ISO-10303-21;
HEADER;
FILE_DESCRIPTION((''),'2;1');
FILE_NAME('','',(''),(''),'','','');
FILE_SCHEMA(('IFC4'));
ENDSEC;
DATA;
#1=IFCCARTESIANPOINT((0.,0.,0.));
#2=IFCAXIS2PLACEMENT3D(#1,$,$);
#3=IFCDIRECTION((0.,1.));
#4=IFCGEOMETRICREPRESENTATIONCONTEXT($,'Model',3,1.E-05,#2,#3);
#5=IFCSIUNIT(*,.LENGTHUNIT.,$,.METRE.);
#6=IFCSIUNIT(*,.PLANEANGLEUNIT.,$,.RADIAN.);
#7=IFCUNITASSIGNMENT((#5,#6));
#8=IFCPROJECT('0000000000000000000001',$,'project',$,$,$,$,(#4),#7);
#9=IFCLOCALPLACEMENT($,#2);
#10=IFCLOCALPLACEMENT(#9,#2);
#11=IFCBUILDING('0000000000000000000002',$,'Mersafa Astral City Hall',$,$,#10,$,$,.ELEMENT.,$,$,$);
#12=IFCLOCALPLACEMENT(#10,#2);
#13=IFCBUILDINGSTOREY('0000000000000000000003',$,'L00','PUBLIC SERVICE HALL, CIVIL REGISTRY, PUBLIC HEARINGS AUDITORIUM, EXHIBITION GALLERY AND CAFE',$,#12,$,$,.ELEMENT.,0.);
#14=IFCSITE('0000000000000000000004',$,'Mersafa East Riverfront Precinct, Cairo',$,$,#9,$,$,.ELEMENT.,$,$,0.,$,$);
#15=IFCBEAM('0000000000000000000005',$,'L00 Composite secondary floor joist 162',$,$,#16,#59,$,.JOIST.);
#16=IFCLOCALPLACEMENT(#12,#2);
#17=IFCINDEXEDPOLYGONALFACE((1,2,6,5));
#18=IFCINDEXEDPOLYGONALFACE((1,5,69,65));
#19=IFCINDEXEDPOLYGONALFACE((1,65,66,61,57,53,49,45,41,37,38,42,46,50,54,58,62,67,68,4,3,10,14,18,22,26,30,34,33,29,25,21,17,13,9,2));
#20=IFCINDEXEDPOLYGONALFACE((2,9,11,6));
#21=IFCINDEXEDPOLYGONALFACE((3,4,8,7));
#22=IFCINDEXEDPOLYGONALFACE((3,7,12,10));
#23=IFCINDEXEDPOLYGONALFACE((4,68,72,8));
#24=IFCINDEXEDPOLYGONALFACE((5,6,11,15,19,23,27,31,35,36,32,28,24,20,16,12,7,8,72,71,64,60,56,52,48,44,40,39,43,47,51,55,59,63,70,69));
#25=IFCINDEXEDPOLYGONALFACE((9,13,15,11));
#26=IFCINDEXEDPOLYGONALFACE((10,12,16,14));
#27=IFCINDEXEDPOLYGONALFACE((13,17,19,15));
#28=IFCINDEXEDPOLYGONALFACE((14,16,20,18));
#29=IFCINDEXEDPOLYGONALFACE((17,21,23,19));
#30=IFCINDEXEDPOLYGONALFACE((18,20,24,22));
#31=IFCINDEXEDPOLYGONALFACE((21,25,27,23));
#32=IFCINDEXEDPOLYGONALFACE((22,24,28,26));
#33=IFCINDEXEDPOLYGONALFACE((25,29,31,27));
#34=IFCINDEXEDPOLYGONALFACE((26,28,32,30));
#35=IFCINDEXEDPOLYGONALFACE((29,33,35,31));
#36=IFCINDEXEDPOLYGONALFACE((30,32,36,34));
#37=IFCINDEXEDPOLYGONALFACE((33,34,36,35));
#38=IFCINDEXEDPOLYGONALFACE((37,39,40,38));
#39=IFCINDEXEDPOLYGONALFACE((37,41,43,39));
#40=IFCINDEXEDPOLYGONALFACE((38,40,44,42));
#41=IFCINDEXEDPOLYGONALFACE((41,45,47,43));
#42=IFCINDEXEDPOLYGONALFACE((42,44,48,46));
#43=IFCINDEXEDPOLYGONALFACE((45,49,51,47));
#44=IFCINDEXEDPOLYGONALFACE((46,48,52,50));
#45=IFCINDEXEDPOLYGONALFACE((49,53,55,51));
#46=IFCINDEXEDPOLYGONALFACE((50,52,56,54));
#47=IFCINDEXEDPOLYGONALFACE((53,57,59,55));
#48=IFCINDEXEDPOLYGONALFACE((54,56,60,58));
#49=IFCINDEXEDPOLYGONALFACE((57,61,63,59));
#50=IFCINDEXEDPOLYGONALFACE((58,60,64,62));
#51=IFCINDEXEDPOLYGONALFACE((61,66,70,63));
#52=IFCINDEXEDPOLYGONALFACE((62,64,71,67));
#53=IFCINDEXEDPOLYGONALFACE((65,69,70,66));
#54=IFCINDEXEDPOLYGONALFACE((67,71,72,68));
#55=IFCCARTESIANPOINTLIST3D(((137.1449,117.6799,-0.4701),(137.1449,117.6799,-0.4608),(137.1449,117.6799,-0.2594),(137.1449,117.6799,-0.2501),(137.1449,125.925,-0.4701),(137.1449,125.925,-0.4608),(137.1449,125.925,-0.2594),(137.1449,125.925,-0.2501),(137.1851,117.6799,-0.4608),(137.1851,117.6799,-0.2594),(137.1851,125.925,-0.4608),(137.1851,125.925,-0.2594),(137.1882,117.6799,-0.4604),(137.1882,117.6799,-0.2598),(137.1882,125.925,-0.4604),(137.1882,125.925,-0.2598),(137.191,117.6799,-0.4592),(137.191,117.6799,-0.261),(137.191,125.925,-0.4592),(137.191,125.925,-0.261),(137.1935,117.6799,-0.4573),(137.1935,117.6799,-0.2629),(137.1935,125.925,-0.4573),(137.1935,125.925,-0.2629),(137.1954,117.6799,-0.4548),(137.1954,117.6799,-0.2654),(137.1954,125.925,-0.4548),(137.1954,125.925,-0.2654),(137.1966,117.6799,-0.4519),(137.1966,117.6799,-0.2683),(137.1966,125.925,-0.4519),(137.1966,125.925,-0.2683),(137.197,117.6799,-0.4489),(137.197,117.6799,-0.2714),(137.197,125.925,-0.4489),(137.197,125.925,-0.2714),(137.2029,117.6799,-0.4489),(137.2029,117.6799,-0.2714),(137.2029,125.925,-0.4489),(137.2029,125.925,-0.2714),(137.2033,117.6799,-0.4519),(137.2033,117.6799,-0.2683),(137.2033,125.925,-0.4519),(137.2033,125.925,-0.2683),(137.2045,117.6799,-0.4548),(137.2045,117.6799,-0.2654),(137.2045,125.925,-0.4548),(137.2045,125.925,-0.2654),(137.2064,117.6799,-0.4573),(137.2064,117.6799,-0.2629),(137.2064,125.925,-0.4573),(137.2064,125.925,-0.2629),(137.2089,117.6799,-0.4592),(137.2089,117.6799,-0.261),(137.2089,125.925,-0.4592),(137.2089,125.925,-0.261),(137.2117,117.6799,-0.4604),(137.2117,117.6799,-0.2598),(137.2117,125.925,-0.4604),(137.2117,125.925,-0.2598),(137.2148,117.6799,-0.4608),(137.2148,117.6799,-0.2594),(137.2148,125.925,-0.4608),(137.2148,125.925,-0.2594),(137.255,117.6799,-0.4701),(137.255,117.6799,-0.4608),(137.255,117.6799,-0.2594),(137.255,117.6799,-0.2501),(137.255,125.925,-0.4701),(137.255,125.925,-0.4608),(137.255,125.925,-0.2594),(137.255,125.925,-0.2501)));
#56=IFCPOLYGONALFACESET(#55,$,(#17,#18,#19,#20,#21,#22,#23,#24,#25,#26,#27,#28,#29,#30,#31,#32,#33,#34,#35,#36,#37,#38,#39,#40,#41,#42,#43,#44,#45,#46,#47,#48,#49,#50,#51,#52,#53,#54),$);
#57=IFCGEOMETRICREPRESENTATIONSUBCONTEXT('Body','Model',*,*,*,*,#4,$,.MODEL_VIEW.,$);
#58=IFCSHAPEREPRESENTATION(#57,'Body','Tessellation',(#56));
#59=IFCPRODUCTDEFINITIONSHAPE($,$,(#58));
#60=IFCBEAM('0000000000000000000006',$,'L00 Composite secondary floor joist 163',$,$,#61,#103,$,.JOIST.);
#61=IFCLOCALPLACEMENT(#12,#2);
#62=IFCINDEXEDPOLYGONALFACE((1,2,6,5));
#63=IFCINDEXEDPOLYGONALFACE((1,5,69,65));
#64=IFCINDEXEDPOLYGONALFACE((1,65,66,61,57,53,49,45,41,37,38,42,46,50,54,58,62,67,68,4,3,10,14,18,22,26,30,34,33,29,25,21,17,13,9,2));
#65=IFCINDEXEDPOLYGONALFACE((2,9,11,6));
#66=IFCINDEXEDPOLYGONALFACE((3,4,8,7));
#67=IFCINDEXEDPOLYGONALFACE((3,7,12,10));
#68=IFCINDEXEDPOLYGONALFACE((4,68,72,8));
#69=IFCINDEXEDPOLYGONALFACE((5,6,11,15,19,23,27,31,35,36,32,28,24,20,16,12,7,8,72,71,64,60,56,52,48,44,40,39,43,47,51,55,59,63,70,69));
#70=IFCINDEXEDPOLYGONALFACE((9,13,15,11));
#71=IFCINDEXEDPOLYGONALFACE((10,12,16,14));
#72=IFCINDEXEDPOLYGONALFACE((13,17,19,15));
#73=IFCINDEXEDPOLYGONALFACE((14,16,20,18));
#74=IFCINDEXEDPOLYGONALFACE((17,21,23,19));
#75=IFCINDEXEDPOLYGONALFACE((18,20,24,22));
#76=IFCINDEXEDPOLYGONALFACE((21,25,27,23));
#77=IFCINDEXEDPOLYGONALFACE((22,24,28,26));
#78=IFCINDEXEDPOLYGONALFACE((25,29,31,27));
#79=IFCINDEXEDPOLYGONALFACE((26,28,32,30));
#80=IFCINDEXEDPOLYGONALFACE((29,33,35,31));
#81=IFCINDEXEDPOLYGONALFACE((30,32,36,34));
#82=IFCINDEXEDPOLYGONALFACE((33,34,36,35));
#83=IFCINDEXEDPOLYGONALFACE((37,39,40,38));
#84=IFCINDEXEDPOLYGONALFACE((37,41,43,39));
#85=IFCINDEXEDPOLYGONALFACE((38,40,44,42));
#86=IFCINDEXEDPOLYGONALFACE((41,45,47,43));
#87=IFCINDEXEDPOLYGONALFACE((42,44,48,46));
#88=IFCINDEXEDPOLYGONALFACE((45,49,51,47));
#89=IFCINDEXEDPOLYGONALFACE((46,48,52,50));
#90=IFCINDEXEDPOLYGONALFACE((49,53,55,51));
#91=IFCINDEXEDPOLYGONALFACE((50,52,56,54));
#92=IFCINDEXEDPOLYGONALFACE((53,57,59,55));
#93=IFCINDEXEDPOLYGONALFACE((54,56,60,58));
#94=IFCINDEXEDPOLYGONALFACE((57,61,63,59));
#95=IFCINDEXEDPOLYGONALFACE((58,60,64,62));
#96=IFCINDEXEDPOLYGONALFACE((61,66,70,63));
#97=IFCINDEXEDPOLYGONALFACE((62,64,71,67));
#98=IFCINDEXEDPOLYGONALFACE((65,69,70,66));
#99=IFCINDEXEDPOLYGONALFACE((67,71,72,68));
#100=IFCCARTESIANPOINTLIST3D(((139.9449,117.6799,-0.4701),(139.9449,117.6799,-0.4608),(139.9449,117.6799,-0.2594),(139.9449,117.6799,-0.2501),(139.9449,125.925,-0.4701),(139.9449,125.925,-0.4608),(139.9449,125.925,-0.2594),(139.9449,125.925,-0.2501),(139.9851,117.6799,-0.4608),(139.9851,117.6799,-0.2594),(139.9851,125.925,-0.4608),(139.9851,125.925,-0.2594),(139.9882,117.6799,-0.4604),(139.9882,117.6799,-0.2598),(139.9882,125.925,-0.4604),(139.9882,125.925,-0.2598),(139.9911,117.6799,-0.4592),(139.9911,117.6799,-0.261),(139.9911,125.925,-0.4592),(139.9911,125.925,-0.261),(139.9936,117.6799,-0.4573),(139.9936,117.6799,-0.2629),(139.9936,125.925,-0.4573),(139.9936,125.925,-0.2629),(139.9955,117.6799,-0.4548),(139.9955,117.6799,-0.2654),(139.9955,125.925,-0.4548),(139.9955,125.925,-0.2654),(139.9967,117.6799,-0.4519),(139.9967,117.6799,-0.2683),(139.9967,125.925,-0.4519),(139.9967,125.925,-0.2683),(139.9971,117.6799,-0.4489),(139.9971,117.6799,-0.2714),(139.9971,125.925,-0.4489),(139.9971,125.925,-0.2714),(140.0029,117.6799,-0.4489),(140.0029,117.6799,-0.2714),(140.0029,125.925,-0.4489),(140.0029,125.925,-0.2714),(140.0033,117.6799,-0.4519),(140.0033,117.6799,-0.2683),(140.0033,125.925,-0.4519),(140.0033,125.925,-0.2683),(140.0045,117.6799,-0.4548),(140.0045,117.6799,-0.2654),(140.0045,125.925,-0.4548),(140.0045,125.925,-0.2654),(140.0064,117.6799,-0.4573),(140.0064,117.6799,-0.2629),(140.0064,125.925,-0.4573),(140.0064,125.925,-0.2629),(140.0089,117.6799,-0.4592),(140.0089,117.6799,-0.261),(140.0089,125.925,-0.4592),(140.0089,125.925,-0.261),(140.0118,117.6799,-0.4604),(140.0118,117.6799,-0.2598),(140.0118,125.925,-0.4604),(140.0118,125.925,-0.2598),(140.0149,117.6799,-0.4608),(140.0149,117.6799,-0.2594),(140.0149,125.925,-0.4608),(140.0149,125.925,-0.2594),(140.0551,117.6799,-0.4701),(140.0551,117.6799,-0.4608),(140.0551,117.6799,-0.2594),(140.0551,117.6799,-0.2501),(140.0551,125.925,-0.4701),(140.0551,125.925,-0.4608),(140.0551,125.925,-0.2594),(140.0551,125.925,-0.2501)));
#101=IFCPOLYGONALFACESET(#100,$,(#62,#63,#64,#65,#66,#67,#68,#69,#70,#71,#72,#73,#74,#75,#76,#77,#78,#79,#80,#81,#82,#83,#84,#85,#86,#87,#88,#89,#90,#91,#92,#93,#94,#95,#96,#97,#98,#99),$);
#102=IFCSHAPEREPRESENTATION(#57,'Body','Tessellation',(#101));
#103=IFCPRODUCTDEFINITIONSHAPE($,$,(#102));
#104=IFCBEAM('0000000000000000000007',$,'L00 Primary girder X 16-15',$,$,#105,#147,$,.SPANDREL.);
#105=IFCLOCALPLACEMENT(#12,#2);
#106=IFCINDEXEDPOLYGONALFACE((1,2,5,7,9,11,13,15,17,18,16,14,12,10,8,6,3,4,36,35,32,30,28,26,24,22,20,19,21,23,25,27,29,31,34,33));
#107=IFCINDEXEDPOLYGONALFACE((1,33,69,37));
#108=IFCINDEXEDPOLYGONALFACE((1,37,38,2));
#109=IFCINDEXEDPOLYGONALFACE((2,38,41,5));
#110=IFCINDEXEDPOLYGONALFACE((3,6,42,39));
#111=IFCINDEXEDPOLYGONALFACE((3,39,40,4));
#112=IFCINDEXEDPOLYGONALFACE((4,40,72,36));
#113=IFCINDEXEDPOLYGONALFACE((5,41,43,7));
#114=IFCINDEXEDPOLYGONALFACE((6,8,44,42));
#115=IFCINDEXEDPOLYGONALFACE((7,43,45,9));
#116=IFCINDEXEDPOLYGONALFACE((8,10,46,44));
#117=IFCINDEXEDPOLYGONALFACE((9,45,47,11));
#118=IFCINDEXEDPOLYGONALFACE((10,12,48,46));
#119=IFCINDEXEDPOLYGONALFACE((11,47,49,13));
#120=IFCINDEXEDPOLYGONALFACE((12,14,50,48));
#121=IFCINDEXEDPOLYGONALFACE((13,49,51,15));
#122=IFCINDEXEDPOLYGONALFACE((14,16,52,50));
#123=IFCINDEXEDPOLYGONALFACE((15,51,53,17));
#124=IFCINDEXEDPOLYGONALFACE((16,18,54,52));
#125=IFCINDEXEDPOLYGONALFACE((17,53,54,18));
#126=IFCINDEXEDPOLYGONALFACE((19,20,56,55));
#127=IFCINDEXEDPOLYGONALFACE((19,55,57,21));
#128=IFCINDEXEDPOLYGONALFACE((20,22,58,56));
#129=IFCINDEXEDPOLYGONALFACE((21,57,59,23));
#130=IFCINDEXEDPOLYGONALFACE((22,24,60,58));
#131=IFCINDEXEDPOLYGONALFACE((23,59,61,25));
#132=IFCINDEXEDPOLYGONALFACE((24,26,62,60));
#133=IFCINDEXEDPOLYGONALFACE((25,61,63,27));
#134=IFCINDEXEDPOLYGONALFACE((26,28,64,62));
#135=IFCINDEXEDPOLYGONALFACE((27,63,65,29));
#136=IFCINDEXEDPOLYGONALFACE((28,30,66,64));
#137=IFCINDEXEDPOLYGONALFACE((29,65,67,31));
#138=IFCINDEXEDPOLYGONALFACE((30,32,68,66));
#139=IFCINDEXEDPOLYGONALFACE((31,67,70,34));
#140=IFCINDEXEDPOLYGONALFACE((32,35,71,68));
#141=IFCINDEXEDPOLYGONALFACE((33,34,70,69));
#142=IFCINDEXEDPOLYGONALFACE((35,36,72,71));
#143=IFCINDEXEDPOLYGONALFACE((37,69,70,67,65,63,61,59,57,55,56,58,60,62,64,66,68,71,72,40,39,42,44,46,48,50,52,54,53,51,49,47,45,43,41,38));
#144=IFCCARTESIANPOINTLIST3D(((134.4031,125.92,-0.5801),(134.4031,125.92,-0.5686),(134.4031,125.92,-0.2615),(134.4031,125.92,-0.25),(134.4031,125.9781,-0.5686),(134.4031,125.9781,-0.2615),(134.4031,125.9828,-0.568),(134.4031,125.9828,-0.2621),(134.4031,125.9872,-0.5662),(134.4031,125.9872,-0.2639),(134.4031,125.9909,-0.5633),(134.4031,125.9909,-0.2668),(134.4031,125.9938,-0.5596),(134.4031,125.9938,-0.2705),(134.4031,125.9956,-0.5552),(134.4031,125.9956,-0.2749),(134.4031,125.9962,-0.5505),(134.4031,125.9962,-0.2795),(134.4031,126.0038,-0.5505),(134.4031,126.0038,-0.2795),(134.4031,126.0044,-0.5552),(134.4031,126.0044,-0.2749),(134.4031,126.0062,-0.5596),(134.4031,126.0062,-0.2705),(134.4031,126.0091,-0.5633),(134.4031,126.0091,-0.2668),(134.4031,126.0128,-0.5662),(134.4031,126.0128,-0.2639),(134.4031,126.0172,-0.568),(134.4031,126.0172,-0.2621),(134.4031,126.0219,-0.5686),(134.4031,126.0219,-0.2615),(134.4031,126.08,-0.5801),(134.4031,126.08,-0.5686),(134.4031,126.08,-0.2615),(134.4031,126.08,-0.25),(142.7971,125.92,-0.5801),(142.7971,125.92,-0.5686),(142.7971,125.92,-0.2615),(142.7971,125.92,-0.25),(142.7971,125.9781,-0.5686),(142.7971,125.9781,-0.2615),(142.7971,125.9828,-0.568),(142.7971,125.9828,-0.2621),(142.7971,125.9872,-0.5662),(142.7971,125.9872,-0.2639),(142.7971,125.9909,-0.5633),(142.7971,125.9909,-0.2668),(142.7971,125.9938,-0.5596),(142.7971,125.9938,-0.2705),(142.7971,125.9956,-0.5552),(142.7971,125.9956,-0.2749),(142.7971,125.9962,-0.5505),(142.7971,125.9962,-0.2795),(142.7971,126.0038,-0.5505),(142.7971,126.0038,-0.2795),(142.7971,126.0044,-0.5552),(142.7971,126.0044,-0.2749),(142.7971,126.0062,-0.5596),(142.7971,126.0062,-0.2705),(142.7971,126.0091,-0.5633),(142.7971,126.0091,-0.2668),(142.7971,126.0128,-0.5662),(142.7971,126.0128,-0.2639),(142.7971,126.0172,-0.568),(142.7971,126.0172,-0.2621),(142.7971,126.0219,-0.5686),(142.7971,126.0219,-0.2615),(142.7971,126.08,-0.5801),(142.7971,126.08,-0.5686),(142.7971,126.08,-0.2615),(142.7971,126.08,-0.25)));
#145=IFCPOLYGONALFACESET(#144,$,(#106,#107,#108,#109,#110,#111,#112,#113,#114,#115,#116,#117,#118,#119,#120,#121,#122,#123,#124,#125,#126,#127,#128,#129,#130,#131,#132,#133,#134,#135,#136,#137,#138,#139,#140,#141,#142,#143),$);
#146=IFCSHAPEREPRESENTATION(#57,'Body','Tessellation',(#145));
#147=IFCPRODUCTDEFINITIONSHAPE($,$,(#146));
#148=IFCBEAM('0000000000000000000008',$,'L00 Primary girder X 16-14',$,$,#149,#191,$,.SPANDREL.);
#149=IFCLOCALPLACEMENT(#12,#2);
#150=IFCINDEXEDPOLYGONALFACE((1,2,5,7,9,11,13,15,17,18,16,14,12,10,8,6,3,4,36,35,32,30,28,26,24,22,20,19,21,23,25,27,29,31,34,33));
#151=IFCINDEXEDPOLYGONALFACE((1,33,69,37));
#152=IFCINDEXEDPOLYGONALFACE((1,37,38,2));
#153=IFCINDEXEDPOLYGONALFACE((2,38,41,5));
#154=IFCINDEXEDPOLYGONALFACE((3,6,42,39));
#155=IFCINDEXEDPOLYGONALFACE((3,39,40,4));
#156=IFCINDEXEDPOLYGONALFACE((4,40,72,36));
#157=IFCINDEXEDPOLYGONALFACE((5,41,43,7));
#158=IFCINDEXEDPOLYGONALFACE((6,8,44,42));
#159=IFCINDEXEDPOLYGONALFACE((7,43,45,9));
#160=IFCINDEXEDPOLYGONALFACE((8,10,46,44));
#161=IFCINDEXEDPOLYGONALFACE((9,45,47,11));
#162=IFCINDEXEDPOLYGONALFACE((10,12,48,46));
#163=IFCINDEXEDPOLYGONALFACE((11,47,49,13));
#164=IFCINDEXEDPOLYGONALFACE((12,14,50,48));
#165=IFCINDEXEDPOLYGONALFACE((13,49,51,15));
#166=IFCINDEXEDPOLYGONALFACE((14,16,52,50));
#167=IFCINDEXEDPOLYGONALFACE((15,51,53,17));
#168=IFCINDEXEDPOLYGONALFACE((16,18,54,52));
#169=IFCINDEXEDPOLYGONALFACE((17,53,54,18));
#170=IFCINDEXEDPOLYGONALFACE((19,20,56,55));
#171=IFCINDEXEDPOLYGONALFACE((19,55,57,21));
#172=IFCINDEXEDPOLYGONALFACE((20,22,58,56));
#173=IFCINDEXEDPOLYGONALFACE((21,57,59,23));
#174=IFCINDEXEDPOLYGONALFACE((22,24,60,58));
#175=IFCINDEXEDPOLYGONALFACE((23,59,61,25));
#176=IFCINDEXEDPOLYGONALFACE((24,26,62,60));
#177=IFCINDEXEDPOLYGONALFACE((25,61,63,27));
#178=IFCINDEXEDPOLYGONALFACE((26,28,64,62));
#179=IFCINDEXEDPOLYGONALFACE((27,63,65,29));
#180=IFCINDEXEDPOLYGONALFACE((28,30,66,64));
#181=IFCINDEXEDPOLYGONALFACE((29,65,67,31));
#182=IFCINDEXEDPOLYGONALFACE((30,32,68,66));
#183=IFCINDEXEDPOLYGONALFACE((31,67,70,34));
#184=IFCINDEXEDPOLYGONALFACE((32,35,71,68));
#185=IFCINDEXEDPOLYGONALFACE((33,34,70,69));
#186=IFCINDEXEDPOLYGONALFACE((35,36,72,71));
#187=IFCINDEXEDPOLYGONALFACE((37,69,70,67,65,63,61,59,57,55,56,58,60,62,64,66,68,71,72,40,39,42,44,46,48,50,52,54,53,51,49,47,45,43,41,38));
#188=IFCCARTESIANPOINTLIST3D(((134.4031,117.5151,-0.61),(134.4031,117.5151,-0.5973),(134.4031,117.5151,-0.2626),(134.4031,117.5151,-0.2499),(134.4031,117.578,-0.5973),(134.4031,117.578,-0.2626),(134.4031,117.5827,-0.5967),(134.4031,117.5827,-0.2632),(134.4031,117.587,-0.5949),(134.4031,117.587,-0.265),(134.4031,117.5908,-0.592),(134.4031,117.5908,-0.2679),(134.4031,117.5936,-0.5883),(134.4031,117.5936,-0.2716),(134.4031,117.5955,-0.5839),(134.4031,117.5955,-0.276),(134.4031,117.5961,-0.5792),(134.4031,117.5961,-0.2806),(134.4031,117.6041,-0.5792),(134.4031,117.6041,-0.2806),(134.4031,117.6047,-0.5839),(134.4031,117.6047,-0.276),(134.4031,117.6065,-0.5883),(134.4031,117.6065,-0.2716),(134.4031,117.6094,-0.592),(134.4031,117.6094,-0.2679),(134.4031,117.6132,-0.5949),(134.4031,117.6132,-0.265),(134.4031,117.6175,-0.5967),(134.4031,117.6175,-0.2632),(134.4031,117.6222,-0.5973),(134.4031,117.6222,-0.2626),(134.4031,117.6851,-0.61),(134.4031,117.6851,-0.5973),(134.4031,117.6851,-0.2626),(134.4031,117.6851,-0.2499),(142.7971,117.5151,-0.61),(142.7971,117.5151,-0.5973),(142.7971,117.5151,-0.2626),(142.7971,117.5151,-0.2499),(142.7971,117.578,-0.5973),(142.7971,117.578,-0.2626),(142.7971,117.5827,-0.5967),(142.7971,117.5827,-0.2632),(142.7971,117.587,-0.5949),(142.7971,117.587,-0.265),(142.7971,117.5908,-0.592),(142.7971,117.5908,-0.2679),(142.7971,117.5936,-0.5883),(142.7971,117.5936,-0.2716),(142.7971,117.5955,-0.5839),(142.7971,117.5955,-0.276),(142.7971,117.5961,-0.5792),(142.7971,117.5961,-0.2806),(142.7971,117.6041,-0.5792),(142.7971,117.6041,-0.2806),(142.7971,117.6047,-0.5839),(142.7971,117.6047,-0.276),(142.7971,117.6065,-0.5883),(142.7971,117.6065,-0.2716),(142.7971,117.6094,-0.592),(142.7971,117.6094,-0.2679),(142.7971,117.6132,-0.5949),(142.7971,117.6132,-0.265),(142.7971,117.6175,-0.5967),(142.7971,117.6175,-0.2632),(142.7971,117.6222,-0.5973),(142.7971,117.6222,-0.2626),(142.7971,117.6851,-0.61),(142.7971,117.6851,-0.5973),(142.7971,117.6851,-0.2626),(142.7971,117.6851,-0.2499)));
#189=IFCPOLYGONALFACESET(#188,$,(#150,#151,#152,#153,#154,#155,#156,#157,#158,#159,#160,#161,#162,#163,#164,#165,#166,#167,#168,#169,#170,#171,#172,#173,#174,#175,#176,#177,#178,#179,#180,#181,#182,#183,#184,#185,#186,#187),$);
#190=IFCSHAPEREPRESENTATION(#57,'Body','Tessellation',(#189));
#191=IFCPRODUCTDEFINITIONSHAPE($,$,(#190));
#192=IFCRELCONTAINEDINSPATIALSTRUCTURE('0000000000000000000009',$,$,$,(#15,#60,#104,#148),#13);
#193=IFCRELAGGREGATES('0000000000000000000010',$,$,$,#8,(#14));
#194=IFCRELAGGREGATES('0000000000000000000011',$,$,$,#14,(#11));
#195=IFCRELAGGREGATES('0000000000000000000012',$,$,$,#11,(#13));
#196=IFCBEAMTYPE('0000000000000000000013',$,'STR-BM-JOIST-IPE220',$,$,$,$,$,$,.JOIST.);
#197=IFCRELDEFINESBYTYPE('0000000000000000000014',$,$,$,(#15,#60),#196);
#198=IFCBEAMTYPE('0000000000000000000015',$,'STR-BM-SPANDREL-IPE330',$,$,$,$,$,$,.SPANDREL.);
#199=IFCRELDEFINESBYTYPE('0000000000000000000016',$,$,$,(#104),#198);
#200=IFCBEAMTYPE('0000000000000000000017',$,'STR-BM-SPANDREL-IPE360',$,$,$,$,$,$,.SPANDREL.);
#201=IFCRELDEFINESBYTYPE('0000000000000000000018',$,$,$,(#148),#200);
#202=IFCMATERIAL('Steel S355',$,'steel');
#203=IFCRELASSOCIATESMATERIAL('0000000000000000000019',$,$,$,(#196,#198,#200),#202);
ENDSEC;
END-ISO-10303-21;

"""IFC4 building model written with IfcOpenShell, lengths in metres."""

from ifc_helpers import new_model, si_unit, direction, frame, origin, origin_2d, place, context, subcontext, project, spatial, i_section, extrude, material, material_profile, profile_set, type_object, element, save


model = new_model("IFC4")

# Units and contexts
model_context = context("Model", 3, precision=1e-05, world=origin(), true_north=direction((0.0, 1.0)))
body_context = subcontext(model_context, "Body", "Model", "MODEL_VIEW")
ifc_project = project(units=[si_unit("LENGTHUNIT", "METRE"), si_unit("PLANEANGLEUNIT", "RADIAN")], contexts=[model_context])

# Site, building, storey
site_placement = place(None, origin())
site = spatial("IfcSite", under=ifc_project, at=site_placement, Name="Mersafa East Riverfront Precinct, Cairo", CompositionType="ELEMENT", RefElevation=0.0)
building_placement = place(site_placement, origin())
building = spatial("IfcBuilding", under=site, at=building_placement, Name="Mersafa Astral City Hall", CompositionType="ELEMENT")
storey_placement = place(building_placement, origin())
storey = spatial("IfcBuildingStorey", under=building, at=storey_placement, Name="L00", Description="PUBLIC SERVICE HALL, CIVIL REGISTRY, PUBLIC HEARINGS AUDITORIUM, EXHIBITION GALLERY AND CAFE", CompositionType="ELEMENT", Elevation=0.0)

# Shared definitions
ifc_material_1 = material(Name="Steel S355", Category="steel")

# Beams
ifc_material_profile_1 = material_profile(ifc_material_1, i_section(OverallWidth=0.1101, OverallDepth=0.22, WebThickness=0.0059, FlangeThickness=0.0093, FilletRadius=0.012, at=origin_2d()), Name="IPE 220")
ifc_profile_set_1 = profile_set([ifc_material_profile_1], Name="Steel S355")
beam_type_1 = type_object("IfcBeamType", Name="STR-BM-JOIST-IPE220", PredefinedType="JOIST", material=ifc_profile_set_1)
for number, where, z_axis, x_axis, name in (
    (1, (137.2, 117.6799, -0.3601), (0.0, 1.0, 0.0), (-1.0, 0.0, 0.0), "L00 Composite secondary floor joist 162"),
    (2, (140.0, 117.6799, -0.3601), (0.0, 1.0, 0.0), (-1.0, 0.0, 0.0), "L00 Composite secondary floor joist 163"),
):
    element("IfcBeam", number, at=place(storey_placement, frame(where, z_axis=z_axis, x_axis=x_axis)), inside=storey, type_object=beam_type_1, Name=name, PredefinedType="JOIST", context=body_context, shape_type="SweptSolid", body=[
        extrude(i_section(OverallWidth=0.1101, OverallDepth=0.22, WebThickness=0.0059, FlangeThickness=0.0093, FilletRadius=0.012, at=origin_2d()), origin(), (0.0, 0.0, 1.0), 8.2451),
    ])
ifc_material_profile_2 = material_profile(ifc_material_1, i_section(OverallWidth=0.1599, OverallDepth=0.3301, WebThickness=0.0076, FlangeThickness=0.0115, FilletRadius=0.0181, at=origin_2d()), Name="IPE 330")
ifc_profile_set_2 = profile_set([ifc_material_profile_2], Name="Steel S355")
beam_type_2 = type_object("IfcBeamType", Name="STR-BM-SPANDREL-IPE330", PredefinedType="SPANDREL", material=ifc_profile_set_2)
beam_1_placement = place(storey_placement, frame((134.4031, 126.0, -0.415), z_axis=(1.0, 0.0, 0.0), x_axis=(0.0, 1.0, 0.0)))
element("IfcBeam", 3, at=beam_1_placement, inside=storey, type_object=beam_type_2, Name="L00 Primary girder X 16-15", PredefinedType="SPANDREL", context=body_context, shape_type="SweptSolid", body=[
    extrude(i_section(OverallWidth=0.1599, OverallDepth=0.3301, WebThickness=0.0076, FlangeThickness=0.0115, FilletRadius=0.0181, at=origin_2d()), origin(), (0.0, 0.0, 1.0), 8.394),
])
ifc_material_profile_3 = material_profile(ifc_material_1, i_section(OverallWidth=0.1699, OverallDepth=0.3601, WebThickness=0.0081, FlangeThickness=0.0127, FilletRadius=0.0181, at=origin_2d()), Name="IPE 360")
ifc_profile_set_3 = profile_set([ifc_material_profile_3], Name="Steel S355")
beam_type_3 = type_object("IfcBeamType", Name="STR-BM-SPANDREL-IPE360", PredefinedType="SPANDREL", material=ifc_profile_set_3)
for number, where, z_axis, x_axis, name in (
    (4, (134.4031, 117.6001, -0.4299), (1.0, 0.0, 0.0), (0.0, 1.0, 0.0), "L00 Primary girder X 16-14"),
):
    element("IfcBeam", number, at=place(storey_placement, frame(where, z_axis=z_axis, x_axis=x_axis)), inside=storey, type_object=beam_type_3, Name=name, PredefinedType="SPANDREL", context=body_context, shape_type="SweptSolid", body=[
        extrude(i_section(OverallWidth=0.1699, OverallDepth=0.3601, WebThickness=0.0081, FlangeThickness=0.0127, FilletRadius=0.0181, at=origin_2d()), origin(), (0.0, 0.0, 1.0), 8.394),
    ])

save(model, "model.ifc")
